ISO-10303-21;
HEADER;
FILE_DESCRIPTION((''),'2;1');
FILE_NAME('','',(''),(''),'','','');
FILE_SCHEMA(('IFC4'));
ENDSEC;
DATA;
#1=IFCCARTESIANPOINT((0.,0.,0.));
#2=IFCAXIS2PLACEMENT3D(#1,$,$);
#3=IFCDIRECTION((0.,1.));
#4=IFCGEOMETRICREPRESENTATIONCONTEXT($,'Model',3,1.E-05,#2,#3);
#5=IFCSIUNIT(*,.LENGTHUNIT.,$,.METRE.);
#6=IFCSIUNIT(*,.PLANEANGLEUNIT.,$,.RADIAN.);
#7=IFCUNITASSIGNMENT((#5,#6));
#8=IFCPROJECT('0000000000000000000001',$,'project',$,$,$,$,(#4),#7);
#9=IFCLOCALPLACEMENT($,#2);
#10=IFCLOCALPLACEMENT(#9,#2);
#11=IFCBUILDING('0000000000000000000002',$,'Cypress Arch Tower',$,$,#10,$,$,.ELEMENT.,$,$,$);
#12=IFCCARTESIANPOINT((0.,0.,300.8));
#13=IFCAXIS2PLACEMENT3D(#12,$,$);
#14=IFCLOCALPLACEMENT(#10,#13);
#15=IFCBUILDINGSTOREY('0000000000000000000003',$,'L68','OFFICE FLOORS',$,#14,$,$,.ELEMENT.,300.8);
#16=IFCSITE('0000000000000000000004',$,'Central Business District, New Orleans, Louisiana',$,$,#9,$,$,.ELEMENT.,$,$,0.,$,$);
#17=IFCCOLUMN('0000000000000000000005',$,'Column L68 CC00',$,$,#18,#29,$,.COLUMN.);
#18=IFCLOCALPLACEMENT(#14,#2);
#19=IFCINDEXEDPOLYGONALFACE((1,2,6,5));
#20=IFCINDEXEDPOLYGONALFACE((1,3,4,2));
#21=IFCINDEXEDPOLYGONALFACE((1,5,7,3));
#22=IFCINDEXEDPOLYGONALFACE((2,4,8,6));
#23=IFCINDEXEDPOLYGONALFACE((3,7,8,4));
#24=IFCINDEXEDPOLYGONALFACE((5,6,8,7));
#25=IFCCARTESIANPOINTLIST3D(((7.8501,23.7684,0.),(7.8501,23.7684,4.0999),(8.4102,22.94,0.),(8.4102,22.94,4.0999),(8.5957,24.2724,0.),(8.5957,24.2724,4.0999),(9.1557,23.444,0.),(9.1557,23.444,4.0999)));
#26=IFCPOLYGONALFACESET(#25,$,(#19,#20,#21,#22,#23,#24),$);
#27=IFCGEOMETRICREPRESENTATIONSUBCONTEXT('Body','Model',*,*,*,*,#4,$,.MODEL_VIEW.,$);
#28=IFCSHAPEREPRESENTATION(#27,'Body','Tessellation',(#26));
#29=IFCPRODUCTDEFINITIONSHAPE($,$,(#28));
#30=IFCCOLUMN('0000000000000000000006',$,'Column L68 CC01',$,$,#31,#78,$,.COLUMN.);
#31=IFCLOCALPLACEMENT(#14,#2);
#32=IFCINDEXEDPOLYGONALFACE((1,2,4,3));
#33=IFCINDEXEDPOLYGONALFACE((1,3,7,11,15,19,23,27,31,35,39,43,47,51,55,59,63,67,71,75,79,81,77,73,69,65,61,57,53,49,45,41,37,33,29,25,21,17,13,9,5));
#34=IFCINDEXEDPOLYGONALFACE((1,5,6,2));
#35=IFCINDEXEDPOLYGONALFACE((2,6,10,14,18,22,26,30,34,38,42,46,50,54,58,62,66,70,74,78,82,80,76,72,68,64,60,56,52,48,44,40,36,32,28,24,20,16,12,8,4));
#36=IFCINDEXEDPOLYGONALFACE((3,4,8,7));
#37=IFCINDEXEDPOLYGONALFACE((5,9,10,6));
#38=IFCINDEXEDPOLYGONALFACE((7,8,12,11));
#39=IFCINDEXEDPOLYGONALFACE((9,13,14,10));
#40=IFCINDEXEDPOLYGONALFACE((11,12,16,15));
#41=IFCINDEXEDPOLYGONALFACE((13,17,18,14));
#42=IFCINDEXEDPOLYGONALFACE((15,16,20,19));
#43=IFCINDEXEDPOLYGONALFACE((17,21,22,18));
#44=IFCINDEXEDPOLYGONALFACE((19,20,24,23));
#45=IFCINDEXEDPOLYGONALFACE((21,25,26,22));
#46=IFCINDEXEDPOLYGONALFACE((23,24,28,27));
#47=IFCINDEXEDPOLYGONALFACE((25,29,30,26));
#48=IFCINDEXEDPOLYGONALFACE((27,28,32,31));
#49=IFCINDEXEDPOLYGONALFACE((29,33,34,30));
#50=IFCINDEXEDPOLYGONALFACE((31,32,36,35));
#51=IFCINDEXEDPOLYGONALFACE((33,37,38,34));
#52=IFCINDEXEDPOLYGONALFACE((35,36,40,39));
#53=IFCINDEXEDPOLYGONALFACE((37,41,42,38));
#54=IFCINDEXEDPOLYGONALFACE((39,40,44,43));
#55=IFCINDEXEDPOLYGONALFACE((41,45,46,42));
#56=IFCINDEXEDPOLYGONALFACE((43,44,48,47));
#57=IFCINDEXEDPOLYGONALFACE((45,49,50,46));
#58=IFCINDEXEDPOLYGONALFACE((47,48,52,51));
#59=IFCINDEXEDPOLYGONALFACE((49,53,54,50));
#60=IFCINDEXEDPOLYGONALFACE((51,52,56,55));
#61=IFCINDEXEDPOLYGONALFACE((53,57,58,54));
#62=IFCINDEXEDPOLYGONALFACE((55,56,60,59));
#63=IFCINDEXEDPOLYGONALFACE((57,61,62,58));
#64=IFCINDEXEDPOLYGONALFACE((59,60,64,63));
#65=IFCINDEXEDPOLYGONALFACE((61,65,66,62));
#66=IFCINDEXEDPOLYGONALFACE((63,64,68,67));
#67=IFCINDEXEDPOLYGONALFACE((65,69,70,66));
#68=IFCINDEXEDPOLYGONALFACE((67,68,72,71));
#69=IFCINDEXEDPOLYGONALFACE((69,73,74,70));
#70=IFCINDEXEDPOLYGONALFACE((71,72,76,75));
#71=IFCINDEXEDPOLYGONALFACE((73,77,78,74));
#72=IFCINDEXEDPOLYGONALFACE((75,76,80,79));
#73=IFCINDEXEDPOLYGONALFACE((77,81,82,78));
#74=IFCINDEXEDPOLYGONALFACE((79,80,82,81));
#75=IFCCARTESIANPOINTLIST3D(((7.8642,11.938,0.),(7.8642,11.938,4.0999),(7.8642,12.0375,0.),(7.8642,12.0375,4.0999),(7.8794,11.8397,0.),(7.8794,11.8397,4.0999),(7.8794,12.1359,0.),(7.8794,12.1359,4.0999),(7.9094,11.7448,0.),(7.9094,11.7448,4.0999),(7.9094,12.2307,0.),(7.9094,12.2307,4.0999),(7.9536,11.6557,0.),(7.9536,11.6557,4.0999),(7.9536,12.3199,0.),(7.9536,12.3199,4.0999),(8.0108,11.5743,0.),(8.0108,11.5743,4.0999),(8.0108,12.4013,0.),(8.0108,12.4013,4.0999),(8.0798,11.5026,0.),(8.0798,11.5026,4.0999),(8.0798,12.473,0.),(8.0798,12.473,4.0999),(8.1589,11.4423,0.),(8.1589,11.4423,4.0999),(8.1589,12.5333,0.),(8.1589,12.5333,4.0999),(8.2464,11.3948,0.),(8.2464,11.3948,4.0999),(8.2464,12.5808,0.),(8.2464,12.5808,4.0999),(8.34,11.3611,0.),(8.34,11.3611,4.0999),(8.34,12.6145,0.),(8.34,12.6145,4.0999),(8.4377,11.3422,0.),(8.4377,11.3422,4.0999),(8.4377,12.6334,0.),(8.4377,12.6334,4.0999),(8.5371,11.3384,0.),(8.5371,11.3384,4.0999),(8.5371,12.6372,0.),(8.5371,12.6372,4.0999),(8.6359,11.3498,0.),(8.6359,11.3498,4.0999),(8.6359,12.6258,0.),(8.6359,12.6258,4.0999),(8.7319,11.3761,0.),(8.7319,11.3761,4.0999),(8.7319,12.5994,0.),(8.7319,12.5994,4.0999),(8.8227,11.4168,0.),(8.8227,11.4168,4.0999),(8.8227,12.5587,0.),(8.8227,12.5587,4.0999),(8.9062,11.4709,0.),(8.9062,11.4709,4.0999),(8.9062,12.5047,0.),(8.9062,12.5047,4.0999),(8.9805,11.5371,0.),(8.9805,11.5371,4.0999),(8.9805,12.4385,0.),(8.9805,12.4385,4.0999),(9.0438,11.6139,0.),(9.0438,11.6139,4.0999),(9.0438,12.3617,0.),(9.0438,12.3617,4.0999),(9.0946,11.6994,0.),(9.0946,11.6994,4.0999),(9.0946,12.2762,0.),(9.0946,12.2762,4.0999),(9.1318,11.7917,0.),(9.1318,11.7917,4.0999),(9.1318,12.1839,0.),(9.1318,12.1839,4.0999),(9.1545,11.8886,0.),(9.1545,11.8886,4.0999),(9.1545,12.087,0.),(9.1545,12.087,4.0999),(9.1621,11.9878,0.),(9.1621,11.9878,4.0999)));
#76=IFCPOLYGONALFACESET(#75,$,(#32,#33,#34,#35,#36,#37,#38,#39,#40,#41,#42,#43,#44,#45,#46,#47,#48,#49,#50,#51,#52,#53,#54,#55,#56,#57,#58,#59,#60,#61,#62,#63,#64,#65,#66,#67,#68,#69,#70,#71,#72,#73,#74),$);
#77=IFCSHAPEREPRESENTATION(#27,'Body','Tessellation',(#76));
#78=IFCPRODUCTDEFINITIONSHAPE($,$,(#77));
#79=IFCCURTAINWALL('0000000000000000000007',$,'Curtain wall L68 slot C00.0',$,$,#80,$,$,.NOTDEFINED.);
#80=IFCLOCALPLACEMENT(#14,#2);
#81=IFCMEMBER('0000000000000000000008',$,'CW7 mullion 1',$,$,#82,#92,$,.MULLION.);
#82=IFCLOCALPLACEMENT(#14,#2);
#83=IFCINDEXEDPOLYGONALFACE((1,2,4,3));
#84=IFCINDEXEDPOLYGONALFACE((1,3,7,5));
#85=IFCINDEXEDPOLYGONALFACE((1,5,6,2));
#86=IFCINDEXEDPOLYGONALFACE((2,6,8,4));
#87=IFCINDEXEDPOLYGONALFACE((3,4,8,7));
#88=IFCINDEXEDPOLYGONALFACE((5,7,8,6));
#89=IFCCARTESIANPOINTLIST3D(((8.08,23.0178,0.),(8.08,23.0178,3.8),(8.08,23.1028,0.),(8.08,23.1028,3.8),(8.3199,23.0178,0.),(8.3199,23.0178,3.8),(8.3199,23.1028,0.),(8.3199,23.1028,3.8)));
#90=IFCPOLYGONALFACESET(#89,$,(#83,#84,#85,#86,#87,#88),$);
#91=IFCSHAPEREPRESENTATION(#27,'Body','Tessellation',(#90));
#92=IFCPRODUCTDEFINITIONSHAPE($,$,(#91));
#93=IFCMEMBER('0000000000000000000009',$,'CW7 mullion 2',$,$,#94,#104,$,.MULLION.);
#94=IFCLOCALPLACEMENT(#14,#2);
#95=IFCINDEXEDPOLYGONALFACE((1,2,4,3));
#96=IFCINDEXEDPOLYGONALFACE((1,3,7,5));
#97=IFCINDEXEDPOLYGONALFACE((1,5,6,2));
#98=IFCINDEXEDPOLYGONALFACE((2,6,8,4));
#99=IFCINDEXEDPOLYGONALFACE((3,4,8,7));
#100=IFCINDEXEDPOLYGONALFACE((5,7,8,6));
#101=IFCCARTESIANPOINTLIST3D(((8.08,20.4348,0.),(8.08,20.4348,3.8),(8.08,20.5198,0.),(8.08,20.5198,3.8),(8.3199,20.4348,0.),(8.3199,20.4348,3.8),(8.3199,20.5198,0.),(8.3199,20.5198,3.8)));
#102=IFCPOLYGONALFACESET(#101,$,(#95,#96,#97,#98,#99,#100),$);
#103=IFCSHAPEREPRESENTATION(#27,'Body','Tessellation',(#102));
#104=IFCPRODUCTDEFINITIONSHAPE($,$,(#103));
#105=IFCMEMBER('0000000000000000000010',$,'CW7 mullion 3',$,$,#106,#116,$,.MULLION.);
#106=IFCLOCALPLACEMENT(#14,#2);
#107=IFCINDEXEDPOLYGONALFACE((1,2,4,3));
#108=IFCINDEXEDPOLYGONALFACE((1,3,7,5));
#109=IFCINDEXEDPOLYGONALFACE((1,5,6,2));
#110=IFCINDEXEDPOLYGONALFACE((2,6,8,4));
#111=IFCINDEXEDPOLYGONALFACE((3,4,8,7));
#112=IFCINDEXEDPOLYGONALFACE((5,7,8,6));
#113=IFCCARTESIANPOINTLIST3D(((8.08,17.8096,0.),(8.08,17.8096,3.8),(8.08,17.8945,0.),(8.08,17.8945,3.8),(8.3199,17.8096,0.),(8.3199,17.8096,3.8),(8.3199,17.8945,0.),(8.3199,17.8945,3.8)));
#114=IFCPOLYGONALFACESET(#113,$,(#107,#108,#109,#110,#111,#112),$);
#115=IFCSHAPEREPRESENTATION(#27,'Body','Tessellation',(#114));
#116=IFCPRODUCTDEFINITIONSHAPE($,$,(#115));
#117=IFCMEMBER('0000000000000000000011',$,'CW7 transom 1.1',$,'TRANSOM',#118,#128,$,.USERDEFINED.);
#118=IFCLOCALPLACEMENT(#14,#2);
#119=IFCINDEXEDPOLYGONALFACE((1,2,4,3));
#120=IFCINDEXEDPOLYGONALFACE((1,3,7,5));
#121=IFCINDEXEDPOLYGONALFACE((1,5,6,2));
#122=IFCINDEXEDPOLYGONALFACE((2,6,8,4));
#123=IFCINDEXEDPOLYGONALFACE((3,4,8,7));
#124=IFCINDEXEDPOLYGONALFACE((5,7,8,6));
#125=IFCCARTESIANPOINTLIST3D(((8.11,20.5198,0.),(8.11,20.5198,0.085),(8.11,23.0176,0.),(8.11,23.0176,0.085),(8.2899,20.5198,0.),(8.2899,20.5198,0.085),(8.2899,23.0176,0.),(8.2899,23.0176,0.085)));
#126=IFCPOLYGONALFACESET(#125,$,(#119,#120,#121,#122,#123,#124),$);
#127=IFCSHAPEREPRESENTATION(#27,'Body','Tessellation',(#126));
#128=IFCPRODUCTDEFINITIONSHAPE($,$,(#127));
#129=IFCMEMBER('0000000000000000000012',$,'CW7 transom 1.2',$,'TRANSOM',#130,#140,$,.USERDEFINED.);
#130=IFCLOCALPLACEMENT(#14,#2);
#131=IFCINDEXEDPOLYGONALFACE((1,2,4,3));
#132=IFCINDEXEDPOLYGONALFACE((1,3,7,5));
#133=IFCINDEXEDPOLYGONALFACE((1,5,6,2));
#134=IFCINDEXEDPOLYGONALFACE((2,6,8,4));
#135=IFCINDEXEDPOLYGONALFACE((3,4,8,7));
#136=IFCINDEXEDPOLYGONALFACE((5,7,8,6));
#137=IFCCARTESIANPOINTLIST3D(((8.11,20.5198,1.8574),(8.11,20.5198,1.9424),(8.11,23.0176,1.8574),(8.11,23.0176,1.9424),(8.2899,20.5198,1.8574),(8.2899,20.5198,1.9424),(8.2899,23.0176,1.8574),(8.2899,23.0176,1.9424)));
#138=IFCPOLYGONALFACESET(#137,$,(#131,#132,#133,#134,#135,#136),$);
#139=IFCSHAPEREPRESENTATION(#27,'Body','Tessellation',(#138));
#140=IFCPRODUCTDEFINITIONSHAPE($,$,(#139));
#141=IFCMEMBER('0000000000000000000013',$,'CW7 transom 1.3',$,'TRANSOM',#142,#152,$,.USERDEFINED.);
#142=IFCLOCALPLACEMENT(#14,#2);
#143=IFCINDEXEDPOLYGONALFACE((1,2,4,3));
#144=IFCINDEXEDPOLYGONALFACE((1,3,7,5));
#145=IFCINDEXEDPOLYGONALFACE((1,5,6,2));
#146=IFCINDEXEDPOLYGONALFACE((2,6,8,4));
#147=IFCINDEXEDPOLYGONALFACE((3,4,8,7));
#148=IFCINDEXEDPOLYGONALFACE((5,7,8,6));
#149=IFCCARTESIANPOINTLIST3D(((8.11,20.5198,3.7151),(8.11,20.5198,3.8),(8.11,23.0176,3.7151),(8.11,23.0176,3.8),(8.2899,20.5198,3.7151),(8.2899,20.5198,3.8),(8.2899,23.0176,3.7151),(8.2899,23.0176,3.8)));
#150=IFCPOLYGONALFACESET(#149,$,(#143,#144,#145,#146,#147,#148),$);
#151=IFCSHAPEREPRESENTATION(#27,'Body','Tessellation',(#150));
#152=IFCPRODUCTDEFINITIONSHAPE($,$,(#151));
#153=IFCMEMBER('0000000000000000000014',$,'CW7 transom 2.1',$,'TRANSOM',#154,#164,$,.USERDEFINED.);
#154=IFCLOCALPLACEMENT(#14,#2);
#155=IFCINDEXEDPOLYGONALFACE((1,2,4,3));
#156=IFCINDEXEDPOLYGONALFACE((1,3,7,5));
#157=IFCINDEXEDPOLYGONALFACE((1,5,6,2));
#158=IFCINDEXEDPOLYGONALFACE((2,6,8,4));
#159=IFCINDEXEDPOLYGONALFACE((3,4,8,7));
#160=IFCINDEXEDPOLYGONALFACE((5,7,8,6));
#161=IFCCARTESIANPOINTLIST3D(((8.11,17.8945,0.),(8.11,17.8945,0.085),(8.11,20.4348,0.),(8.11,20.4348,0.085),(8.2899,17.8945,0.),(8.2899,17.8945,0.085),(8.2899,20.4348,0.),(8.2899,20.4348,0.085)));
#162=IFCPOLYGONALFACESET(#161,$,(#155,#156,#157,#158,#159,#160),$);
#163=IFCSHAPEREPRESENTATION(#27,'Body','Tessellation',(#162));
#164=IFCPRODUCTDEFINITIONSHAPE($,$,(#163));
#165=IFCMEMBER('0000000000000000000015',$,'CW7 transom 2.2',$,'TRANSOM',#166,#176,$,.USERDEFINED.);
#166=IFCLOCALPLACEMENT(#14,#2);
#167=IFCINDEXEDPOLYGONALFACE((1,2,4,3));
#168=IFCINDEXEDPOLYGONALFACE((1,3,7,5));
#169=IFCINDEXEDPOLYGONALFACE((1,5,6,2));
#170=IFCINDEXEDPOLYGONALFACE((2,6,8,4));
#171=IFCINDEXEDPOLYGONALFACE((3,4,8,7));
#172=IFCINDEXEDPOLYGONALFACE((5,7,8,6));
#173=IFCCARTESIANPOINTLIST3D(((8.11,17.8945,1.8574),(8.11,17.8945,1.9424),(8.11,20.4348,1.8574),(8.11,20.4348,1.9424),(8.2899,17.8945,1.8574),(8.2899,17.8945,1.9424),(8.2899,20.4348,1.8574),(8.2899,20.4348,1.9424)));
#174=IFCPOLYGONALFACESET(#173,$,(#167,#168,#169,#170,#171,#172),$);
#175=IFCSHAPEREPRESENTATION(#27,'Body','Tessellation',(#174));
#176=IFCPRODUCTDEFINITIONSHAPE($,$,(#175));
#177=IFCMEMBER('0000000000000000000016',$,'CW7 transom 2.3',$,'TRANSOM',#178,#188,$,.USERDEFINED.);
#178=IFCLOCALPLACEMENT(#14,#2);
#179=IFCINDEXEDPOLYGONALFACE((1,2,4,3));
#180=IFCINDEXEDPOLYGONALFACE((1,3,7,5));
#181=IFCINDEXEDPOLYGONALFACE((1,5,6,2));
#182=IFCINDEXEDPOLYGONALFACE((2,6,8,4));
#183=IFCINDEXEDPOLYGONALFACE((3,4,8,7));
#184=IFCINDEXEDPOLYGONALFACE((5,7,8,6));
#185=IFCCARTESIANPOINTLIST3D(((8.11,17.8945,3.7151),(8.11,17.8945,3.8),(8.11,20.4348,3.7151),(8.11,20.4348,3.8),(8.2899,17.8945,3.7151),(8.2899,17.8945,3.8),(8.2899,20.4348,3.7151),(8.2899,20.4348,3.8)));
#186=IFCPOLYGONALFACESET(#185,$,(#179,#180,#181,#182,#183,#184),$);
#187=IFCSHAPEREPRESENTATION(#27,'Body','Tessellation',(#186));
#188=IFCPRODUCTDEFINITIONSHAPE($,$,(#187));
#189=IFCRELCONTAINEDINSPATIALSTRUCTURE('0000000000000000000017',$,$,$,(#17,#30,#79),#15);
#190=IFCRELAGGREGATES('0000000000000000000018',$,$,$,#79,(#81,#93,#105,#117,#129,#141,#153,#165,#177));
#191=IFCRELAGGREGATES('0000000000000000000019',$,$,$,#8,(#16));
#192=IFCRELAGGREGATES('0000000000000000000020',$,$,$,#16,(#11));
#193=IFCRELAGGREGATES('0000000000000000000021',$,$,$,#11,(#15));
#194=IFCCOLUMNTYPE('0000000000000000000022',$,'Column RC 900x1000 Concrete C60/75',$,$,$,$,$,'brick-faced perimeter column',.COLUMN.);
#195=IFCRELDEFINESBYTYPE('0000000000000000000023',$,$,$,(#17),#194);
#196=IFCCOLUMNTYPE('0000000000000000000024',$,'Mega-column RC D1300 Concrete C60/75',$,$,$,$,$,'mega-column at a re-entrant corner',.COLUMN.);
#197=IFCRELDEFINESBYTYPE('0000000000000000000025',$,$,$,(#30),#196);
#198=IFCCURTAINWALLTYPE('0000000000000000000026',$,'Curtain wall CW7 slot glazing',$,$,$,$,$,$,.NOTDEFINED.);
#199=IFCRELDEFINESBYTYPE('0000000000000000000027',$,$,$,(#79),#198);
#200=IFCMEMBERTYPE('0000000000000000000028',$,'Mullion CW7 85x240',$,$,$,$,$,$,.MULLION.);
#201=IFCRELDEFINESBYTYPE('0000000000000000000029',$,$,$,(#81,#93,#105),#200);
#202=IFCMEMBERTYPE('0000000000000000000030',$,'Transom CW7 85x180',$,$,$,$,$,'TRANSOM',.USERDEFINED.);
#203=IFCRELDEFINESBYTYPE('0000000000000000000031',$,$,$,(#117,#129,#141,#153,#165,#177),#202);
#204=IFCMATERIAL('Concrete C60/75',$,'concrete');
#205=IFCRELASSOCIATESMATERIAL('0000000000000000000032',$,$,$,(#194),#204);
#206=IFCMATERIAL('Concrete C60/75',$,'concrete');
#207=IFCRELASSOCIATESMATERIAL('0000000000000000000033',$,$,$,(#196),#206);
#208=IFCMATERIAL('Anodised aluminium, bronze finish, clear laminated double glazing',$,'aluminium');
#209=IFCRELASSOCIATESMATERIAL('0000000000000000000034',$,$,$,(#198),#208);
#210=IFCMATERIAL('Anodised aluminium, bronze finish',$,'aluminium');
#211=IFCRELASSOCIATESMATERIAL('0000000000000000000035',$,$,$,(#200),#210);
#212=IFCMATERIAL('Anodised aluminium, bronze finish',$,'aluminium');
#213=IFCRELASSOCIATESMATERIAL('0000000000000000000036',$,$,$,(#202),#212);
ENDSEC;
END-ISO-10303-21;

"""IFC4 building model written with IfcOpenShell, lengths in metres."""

from ifc_helpers import new_model, si_unit, direction, frame, origin, origin_2d, place, context, subcontext, project, spatial, rectangle, circle, extrude, material, material_profile, profile_set, type_object, element, aggregate, save


model = new_model("IFC4")

# Units and contexts
model_context = context("Model", 3, precision=1e-05, world=origin(), true_north=direction((0.0, 1.0)))
body_context = subcontext(model_context, "Body", "Model", "MODEL_VIEW")
ifc_project = project(units=[si_unit("LENGTHUNIT", "METRE"), si_unit("PLANEANGLEUNIT", "RADIAN")], contexts=[model_context])

# Site, building, storey
site_placement = place(None, origin())
site = spatial("IfcSite", under=ifc_project, at=site_placement, Name="Central Business District, New Orleans, Louisiana", CompositionType="ELEMENT", RefElevation=0.0)
building_placement = place(site_placement, origin())
building = spatial("IfcBuilding", under=site, at=building_placement, Name="Cypress Arch Tower", CompositionType="ELEMENT")
storey_placement = place(building_placement, frame((0.0, 0.0, 300.8)))
storey = spatial("IfcBuildingStorey", under=building, at=storey_placement, Name="L68", Description="OFFICE FLOORS", CompositionType="ELEMENT", Elevation=300.8)

# Columns
ifc_material_1 = material(Name="Concrete C60/75", Category="concrete")
ifc_material_profile_1 = material_profile(ifc_material_1, rectangle(XDim=0.8999, YDim=1.0, at=origin_2d()), Name="RC 900x1000")
ifc_profile_set_1 = profile_set([ifc_material_profile_1], Name="Concrete C60/75")
column_type_1 = type_object("IfcColumnType", Name="Column RC 900x1000 Concrete C60/75", ElementType="brick-faced perimeter column", PredefinedType="COLUMN", material=ifc_profile_set_1)
column_1_placement = place(storey_placement, frame((8.5029, 23.6062, 0.0), z_axis=(0.0, 0.0, 1.0), x_axis=(-0.82847, -0.560034, 0.0)))
element("IfcColumn", 1, at=column_1_placement, inside=storey, type_object=column_type_1, Name="Column L68 CC00", PredefinedType="COLUMN", context=body_context, shape_type="SweptSolid", body=[
    extrude(rectangle(XDim=0.8999, YDim=1.0, at=origin_2d()), origin(), (0.0, 0.0, 1.0), 4.0999),
])
ifc_material_2 = material(Name="Concrete C60/75", Category="concrete")
ifc_material_profile_2 = material_profile(ifc_material_2, circle(Radius=0.6499, at=origin_2d()), Name="RC D1300")
ifc_profile_set_2 = profile_set([ifc_material_profile_2], Name="Concrete C60/75")
column_type_2 = type_object("IfcColumnType", Name="Mega-column RC D1300 Concrete C60/75", ElementType="mega-column at a re-entrant corner", PredefinedType="COLUMN", material=ifc_profile_set_2)
column_2_placement = place(storey_placement, frame((8.5122, 11.9878, 0.0), z_axis=(0.0, 0.0, 1.0), x_axis=(1.0, 0.0, 0.0)))
element("IfcColumn", 2, at=column_2_placement, inside=storey, type_object=column_type_2, Name="Column L68 CC01", PredefinedType="COLUMN", context=body_context, shape_type="SweptSolid", body=[
    extrude(circle(Radius=0.6499, at=origin_2d()), origin(), (0.0, 0.0, 1.0), 4.0999),
])

# Curtain wall, members
ifc_material_3 = material(Name="Anodised aluminium, bronze finish, clear laminated double glazing", Category="aluminium")
curtain_wall_type = type_object("IfcCurtainWallType", Name="Curtain wall CW7 slot glazing", PredefinedType="NOTDEFINED", material=ifc_material_3)
curtain_wall_placement = place(storey_placement, origin())
curtain_wall = element("IfcCurtainWall", 3, at=curtain_wall_placement, inside=storey, type_object=curtain_wall_type, Name="Curtain wall L68 slot C00.0", PredefinedType="NOTDEFINED")
ifc_material_4 = material(Name="Anodised aluminium, bronze finish", Category="aluminium")
ifc_material_profile_3 = material_profile(ifc_material_4, rectangle(XDim=0.24, YDim=0.085, at=origin_2d()), Name="Mullion 85x240")
ifc_profile_set_3 = profile_set([ifc_material_profile_3], Name="Anodised aluminium, bronze finish")
member_type_1 = type_object("IfcMemberType", Name="Mullion CW7 85x240", PredefinedType="MULLION", material=ifc_profile_set_3)
member_1_placement = place(storey_placement, frame((8.2, 23.0603, 0.0), z_axis=(0.0, 0.0, 1.0), x_axis=(1.0, 0.0, 0.0)))
member_1 = element("IfcMember", 4, at=member_1_placement, type_object=member_type_1, Name="CW7 mullion 1", PredefinedType="MULLION", context=body_context, shape_type="SweptSolid", body=[
    extrude(rectangle(XDim=0.24, YDim=0.085, at=origin_2d()), origin(), (0.0, 0.0, 1.0), 3.8),
])
member_2_placement = place(storey_placement, frame((8.2, 20.4773, 0.0), z_axis=(0.0, 0.0, 1.0), x_axis=(1.0, 0.0, 0.0)))
member_2 = element("IfcMember", 5, at=member_2_placement, type_object=member_type_1, Name="CW7 mullion 2", PredefinedType="MULLION", context=body_context, shape_type="SweptSolid", body=[
    extrude(rectangle(XDim=0.24, YDim=0.085, at=origin_2d()), origin(), (0.0, 0.0, 1.0), 3.8),
])
member_3_placement = place(storey_placement, frame((8.2, 17.8521, 0.0), z_axis=(0.0, 0.0, 1.0), x_axis=(1.0, 0.0, 0.0)))
member_3 = element("IfcMember", 6, at=member_3_placement, type_object=member_type_1, Name="CW7 mullion 3", PredefinedType="MULLION", context=body_context, shape_type="SweptSolid", body=[
    extrude(rectangle(XDim=0.24, YDim=0.085, at=origin_2d()), origin(), (0.0, 0.0, 1.0), 3.8),
])
ifc_material_5 = material(Name="Anodised aluminium, bronze finish", Category="aluminium")
ifc_material_profile_4 = material_profile(ifc_material_5, rectangle(XDim=0.1799, YDim=0.085, at=origin_2d()), Name="Transom 85x180")
ifc_profile_set_4 = profile_set([ifc_material_profile_4], Name="Anodised aluminium, bronze finish")
member_type_2 = type_object("IfcMemberType", Name="Transom CW7 85x180", ElementType="TRANSOM", PredefinedType="USERDEFINED", material=ifc_profile_set_4)
member_4_placement = place(storey_placement, frame((8.2, 23.0176, 0.0425), z_axis=(0.0, -1.0, 0.0), x_axis=(1.0, 0.0, 0.0)))
member_4 = element("IfcMember", 7, at=member_4_placement, type_object=member_type_2, Name="CW7 transom 1.1", ObjectType="TRANSOM", PredefinedType="USERDEFINED", context=body_context, shape_type="SweptSolid", body=[
    extrude(rectangle(XDim=0.1799, YDim=0.085, at=origin_2d()), origin(), (0.0, 0.0, 1.0), 2.4978),
])
member_5_placement = place(storey_placement, frame((8.2, 23.0176, 1.8999), z_axis=(0.0, -1.0, 0.0), x_axis=(1.0, 0.0, 0.0)))
member_5 = element("IfcMember", 8, at=member_5_placement, type_object=member_type_2, Name="CW7 transom 1.2", ObjectType="TRANSOM", PredefinedType="USERDEFINED", context=body_context, shape_type="SweptSolid", body=[
    extrude(rectangle(XDim=0.1799, YDim=0.085, at=origin_2d()), origin(), (0.0, 0.0, 1.0), 2.4978),
])
member_6_placement = place(storey_placement, frame((8.2, 23.0176, 3.7576), z_axis=(0.0, -1.0, 0.0), x_axis=(1.0, 0.0, 0.0)))
member_6 = element("IfcMember", 9, at=member_6_placement, type_object=member_type_2, Name="CW7 transom 1.3", ObjectType="TRANSOM", PredefinedType="USERDEFINED", context=body_context, shape_type="SweptSolid", body=[
    extrude(rectangle(XDim=0.1799, YDim=0.085, at=origin_2d()), origin(), (0.0, 0.0, 1.0), 2.4978),
])
member_7_placement = place(storey_placement, frame((8.2, 20.4348, 0.0425), z_axis=(0.0, -1.0, 0.0), x_axis=(1.0, 0.0, 0.0)))
member_7 = element("IfcMember", 10, at=member_7_placement, type_object=member_type_2, Name="CW7 transom 2.1", ObjectType="TRANSOM", PredefinedType="USERDEFINED", context=body_context, shape_type="SweptSolid", body=[
    extrude(rectangle(XDim=0.1799, YDim=0.085, at=origin_2d()), origin(), (0.0, 0.0, 1.0), 2.5403),
])
member_8_placement = place(storey_placement, frame((8.2, 20.4348, 1.8999), z_axis=(0.0, -1.0, 0.0), x_axis=(1.0, 0.0, 0.0)))
member_8 = element("IfcMember", 11, at=member_8_placement, type_object=member_type_2, Name="CW7 transom 2.2", ObjectType="TRANSOM", PredefinedType="USERDEFINED", context=body_context, shape_type="SweptSolid", body=[
    extrude(rectangle(XDim=0.1799, YDim=0.085, at=origin_2d()), origin(), (0.0, 0.0, 1.0), 2.5403),
])
member_9_placement = place(storey_placement, frame((8.2, 20.4348, 3.7576), z_axis=(0.0, -1.0, 0.0), x_axis=(1.0, 0.0, 0.0)))
member_9 = element("IfcMember", 12, at=member_9_placement, type_object=member_type_2, Name="CW7 transom 2.3", ObjectType="TRANSOM", PredefinedType="USERDEFINED", context=body_context, shape_type="SweptSolid", body=[
    extrude(rectangle(XDim=0.1799, YDim=0.085, at=origin_2d()), origin(), (0.0, 0.0, 1.0), 2.5403),
])
aggregate(curtain_wall, [member_1, member_2, member_3, member_4, member_5, member_6, member_7, member_8, member_9])

save(model, "model.ifc")
